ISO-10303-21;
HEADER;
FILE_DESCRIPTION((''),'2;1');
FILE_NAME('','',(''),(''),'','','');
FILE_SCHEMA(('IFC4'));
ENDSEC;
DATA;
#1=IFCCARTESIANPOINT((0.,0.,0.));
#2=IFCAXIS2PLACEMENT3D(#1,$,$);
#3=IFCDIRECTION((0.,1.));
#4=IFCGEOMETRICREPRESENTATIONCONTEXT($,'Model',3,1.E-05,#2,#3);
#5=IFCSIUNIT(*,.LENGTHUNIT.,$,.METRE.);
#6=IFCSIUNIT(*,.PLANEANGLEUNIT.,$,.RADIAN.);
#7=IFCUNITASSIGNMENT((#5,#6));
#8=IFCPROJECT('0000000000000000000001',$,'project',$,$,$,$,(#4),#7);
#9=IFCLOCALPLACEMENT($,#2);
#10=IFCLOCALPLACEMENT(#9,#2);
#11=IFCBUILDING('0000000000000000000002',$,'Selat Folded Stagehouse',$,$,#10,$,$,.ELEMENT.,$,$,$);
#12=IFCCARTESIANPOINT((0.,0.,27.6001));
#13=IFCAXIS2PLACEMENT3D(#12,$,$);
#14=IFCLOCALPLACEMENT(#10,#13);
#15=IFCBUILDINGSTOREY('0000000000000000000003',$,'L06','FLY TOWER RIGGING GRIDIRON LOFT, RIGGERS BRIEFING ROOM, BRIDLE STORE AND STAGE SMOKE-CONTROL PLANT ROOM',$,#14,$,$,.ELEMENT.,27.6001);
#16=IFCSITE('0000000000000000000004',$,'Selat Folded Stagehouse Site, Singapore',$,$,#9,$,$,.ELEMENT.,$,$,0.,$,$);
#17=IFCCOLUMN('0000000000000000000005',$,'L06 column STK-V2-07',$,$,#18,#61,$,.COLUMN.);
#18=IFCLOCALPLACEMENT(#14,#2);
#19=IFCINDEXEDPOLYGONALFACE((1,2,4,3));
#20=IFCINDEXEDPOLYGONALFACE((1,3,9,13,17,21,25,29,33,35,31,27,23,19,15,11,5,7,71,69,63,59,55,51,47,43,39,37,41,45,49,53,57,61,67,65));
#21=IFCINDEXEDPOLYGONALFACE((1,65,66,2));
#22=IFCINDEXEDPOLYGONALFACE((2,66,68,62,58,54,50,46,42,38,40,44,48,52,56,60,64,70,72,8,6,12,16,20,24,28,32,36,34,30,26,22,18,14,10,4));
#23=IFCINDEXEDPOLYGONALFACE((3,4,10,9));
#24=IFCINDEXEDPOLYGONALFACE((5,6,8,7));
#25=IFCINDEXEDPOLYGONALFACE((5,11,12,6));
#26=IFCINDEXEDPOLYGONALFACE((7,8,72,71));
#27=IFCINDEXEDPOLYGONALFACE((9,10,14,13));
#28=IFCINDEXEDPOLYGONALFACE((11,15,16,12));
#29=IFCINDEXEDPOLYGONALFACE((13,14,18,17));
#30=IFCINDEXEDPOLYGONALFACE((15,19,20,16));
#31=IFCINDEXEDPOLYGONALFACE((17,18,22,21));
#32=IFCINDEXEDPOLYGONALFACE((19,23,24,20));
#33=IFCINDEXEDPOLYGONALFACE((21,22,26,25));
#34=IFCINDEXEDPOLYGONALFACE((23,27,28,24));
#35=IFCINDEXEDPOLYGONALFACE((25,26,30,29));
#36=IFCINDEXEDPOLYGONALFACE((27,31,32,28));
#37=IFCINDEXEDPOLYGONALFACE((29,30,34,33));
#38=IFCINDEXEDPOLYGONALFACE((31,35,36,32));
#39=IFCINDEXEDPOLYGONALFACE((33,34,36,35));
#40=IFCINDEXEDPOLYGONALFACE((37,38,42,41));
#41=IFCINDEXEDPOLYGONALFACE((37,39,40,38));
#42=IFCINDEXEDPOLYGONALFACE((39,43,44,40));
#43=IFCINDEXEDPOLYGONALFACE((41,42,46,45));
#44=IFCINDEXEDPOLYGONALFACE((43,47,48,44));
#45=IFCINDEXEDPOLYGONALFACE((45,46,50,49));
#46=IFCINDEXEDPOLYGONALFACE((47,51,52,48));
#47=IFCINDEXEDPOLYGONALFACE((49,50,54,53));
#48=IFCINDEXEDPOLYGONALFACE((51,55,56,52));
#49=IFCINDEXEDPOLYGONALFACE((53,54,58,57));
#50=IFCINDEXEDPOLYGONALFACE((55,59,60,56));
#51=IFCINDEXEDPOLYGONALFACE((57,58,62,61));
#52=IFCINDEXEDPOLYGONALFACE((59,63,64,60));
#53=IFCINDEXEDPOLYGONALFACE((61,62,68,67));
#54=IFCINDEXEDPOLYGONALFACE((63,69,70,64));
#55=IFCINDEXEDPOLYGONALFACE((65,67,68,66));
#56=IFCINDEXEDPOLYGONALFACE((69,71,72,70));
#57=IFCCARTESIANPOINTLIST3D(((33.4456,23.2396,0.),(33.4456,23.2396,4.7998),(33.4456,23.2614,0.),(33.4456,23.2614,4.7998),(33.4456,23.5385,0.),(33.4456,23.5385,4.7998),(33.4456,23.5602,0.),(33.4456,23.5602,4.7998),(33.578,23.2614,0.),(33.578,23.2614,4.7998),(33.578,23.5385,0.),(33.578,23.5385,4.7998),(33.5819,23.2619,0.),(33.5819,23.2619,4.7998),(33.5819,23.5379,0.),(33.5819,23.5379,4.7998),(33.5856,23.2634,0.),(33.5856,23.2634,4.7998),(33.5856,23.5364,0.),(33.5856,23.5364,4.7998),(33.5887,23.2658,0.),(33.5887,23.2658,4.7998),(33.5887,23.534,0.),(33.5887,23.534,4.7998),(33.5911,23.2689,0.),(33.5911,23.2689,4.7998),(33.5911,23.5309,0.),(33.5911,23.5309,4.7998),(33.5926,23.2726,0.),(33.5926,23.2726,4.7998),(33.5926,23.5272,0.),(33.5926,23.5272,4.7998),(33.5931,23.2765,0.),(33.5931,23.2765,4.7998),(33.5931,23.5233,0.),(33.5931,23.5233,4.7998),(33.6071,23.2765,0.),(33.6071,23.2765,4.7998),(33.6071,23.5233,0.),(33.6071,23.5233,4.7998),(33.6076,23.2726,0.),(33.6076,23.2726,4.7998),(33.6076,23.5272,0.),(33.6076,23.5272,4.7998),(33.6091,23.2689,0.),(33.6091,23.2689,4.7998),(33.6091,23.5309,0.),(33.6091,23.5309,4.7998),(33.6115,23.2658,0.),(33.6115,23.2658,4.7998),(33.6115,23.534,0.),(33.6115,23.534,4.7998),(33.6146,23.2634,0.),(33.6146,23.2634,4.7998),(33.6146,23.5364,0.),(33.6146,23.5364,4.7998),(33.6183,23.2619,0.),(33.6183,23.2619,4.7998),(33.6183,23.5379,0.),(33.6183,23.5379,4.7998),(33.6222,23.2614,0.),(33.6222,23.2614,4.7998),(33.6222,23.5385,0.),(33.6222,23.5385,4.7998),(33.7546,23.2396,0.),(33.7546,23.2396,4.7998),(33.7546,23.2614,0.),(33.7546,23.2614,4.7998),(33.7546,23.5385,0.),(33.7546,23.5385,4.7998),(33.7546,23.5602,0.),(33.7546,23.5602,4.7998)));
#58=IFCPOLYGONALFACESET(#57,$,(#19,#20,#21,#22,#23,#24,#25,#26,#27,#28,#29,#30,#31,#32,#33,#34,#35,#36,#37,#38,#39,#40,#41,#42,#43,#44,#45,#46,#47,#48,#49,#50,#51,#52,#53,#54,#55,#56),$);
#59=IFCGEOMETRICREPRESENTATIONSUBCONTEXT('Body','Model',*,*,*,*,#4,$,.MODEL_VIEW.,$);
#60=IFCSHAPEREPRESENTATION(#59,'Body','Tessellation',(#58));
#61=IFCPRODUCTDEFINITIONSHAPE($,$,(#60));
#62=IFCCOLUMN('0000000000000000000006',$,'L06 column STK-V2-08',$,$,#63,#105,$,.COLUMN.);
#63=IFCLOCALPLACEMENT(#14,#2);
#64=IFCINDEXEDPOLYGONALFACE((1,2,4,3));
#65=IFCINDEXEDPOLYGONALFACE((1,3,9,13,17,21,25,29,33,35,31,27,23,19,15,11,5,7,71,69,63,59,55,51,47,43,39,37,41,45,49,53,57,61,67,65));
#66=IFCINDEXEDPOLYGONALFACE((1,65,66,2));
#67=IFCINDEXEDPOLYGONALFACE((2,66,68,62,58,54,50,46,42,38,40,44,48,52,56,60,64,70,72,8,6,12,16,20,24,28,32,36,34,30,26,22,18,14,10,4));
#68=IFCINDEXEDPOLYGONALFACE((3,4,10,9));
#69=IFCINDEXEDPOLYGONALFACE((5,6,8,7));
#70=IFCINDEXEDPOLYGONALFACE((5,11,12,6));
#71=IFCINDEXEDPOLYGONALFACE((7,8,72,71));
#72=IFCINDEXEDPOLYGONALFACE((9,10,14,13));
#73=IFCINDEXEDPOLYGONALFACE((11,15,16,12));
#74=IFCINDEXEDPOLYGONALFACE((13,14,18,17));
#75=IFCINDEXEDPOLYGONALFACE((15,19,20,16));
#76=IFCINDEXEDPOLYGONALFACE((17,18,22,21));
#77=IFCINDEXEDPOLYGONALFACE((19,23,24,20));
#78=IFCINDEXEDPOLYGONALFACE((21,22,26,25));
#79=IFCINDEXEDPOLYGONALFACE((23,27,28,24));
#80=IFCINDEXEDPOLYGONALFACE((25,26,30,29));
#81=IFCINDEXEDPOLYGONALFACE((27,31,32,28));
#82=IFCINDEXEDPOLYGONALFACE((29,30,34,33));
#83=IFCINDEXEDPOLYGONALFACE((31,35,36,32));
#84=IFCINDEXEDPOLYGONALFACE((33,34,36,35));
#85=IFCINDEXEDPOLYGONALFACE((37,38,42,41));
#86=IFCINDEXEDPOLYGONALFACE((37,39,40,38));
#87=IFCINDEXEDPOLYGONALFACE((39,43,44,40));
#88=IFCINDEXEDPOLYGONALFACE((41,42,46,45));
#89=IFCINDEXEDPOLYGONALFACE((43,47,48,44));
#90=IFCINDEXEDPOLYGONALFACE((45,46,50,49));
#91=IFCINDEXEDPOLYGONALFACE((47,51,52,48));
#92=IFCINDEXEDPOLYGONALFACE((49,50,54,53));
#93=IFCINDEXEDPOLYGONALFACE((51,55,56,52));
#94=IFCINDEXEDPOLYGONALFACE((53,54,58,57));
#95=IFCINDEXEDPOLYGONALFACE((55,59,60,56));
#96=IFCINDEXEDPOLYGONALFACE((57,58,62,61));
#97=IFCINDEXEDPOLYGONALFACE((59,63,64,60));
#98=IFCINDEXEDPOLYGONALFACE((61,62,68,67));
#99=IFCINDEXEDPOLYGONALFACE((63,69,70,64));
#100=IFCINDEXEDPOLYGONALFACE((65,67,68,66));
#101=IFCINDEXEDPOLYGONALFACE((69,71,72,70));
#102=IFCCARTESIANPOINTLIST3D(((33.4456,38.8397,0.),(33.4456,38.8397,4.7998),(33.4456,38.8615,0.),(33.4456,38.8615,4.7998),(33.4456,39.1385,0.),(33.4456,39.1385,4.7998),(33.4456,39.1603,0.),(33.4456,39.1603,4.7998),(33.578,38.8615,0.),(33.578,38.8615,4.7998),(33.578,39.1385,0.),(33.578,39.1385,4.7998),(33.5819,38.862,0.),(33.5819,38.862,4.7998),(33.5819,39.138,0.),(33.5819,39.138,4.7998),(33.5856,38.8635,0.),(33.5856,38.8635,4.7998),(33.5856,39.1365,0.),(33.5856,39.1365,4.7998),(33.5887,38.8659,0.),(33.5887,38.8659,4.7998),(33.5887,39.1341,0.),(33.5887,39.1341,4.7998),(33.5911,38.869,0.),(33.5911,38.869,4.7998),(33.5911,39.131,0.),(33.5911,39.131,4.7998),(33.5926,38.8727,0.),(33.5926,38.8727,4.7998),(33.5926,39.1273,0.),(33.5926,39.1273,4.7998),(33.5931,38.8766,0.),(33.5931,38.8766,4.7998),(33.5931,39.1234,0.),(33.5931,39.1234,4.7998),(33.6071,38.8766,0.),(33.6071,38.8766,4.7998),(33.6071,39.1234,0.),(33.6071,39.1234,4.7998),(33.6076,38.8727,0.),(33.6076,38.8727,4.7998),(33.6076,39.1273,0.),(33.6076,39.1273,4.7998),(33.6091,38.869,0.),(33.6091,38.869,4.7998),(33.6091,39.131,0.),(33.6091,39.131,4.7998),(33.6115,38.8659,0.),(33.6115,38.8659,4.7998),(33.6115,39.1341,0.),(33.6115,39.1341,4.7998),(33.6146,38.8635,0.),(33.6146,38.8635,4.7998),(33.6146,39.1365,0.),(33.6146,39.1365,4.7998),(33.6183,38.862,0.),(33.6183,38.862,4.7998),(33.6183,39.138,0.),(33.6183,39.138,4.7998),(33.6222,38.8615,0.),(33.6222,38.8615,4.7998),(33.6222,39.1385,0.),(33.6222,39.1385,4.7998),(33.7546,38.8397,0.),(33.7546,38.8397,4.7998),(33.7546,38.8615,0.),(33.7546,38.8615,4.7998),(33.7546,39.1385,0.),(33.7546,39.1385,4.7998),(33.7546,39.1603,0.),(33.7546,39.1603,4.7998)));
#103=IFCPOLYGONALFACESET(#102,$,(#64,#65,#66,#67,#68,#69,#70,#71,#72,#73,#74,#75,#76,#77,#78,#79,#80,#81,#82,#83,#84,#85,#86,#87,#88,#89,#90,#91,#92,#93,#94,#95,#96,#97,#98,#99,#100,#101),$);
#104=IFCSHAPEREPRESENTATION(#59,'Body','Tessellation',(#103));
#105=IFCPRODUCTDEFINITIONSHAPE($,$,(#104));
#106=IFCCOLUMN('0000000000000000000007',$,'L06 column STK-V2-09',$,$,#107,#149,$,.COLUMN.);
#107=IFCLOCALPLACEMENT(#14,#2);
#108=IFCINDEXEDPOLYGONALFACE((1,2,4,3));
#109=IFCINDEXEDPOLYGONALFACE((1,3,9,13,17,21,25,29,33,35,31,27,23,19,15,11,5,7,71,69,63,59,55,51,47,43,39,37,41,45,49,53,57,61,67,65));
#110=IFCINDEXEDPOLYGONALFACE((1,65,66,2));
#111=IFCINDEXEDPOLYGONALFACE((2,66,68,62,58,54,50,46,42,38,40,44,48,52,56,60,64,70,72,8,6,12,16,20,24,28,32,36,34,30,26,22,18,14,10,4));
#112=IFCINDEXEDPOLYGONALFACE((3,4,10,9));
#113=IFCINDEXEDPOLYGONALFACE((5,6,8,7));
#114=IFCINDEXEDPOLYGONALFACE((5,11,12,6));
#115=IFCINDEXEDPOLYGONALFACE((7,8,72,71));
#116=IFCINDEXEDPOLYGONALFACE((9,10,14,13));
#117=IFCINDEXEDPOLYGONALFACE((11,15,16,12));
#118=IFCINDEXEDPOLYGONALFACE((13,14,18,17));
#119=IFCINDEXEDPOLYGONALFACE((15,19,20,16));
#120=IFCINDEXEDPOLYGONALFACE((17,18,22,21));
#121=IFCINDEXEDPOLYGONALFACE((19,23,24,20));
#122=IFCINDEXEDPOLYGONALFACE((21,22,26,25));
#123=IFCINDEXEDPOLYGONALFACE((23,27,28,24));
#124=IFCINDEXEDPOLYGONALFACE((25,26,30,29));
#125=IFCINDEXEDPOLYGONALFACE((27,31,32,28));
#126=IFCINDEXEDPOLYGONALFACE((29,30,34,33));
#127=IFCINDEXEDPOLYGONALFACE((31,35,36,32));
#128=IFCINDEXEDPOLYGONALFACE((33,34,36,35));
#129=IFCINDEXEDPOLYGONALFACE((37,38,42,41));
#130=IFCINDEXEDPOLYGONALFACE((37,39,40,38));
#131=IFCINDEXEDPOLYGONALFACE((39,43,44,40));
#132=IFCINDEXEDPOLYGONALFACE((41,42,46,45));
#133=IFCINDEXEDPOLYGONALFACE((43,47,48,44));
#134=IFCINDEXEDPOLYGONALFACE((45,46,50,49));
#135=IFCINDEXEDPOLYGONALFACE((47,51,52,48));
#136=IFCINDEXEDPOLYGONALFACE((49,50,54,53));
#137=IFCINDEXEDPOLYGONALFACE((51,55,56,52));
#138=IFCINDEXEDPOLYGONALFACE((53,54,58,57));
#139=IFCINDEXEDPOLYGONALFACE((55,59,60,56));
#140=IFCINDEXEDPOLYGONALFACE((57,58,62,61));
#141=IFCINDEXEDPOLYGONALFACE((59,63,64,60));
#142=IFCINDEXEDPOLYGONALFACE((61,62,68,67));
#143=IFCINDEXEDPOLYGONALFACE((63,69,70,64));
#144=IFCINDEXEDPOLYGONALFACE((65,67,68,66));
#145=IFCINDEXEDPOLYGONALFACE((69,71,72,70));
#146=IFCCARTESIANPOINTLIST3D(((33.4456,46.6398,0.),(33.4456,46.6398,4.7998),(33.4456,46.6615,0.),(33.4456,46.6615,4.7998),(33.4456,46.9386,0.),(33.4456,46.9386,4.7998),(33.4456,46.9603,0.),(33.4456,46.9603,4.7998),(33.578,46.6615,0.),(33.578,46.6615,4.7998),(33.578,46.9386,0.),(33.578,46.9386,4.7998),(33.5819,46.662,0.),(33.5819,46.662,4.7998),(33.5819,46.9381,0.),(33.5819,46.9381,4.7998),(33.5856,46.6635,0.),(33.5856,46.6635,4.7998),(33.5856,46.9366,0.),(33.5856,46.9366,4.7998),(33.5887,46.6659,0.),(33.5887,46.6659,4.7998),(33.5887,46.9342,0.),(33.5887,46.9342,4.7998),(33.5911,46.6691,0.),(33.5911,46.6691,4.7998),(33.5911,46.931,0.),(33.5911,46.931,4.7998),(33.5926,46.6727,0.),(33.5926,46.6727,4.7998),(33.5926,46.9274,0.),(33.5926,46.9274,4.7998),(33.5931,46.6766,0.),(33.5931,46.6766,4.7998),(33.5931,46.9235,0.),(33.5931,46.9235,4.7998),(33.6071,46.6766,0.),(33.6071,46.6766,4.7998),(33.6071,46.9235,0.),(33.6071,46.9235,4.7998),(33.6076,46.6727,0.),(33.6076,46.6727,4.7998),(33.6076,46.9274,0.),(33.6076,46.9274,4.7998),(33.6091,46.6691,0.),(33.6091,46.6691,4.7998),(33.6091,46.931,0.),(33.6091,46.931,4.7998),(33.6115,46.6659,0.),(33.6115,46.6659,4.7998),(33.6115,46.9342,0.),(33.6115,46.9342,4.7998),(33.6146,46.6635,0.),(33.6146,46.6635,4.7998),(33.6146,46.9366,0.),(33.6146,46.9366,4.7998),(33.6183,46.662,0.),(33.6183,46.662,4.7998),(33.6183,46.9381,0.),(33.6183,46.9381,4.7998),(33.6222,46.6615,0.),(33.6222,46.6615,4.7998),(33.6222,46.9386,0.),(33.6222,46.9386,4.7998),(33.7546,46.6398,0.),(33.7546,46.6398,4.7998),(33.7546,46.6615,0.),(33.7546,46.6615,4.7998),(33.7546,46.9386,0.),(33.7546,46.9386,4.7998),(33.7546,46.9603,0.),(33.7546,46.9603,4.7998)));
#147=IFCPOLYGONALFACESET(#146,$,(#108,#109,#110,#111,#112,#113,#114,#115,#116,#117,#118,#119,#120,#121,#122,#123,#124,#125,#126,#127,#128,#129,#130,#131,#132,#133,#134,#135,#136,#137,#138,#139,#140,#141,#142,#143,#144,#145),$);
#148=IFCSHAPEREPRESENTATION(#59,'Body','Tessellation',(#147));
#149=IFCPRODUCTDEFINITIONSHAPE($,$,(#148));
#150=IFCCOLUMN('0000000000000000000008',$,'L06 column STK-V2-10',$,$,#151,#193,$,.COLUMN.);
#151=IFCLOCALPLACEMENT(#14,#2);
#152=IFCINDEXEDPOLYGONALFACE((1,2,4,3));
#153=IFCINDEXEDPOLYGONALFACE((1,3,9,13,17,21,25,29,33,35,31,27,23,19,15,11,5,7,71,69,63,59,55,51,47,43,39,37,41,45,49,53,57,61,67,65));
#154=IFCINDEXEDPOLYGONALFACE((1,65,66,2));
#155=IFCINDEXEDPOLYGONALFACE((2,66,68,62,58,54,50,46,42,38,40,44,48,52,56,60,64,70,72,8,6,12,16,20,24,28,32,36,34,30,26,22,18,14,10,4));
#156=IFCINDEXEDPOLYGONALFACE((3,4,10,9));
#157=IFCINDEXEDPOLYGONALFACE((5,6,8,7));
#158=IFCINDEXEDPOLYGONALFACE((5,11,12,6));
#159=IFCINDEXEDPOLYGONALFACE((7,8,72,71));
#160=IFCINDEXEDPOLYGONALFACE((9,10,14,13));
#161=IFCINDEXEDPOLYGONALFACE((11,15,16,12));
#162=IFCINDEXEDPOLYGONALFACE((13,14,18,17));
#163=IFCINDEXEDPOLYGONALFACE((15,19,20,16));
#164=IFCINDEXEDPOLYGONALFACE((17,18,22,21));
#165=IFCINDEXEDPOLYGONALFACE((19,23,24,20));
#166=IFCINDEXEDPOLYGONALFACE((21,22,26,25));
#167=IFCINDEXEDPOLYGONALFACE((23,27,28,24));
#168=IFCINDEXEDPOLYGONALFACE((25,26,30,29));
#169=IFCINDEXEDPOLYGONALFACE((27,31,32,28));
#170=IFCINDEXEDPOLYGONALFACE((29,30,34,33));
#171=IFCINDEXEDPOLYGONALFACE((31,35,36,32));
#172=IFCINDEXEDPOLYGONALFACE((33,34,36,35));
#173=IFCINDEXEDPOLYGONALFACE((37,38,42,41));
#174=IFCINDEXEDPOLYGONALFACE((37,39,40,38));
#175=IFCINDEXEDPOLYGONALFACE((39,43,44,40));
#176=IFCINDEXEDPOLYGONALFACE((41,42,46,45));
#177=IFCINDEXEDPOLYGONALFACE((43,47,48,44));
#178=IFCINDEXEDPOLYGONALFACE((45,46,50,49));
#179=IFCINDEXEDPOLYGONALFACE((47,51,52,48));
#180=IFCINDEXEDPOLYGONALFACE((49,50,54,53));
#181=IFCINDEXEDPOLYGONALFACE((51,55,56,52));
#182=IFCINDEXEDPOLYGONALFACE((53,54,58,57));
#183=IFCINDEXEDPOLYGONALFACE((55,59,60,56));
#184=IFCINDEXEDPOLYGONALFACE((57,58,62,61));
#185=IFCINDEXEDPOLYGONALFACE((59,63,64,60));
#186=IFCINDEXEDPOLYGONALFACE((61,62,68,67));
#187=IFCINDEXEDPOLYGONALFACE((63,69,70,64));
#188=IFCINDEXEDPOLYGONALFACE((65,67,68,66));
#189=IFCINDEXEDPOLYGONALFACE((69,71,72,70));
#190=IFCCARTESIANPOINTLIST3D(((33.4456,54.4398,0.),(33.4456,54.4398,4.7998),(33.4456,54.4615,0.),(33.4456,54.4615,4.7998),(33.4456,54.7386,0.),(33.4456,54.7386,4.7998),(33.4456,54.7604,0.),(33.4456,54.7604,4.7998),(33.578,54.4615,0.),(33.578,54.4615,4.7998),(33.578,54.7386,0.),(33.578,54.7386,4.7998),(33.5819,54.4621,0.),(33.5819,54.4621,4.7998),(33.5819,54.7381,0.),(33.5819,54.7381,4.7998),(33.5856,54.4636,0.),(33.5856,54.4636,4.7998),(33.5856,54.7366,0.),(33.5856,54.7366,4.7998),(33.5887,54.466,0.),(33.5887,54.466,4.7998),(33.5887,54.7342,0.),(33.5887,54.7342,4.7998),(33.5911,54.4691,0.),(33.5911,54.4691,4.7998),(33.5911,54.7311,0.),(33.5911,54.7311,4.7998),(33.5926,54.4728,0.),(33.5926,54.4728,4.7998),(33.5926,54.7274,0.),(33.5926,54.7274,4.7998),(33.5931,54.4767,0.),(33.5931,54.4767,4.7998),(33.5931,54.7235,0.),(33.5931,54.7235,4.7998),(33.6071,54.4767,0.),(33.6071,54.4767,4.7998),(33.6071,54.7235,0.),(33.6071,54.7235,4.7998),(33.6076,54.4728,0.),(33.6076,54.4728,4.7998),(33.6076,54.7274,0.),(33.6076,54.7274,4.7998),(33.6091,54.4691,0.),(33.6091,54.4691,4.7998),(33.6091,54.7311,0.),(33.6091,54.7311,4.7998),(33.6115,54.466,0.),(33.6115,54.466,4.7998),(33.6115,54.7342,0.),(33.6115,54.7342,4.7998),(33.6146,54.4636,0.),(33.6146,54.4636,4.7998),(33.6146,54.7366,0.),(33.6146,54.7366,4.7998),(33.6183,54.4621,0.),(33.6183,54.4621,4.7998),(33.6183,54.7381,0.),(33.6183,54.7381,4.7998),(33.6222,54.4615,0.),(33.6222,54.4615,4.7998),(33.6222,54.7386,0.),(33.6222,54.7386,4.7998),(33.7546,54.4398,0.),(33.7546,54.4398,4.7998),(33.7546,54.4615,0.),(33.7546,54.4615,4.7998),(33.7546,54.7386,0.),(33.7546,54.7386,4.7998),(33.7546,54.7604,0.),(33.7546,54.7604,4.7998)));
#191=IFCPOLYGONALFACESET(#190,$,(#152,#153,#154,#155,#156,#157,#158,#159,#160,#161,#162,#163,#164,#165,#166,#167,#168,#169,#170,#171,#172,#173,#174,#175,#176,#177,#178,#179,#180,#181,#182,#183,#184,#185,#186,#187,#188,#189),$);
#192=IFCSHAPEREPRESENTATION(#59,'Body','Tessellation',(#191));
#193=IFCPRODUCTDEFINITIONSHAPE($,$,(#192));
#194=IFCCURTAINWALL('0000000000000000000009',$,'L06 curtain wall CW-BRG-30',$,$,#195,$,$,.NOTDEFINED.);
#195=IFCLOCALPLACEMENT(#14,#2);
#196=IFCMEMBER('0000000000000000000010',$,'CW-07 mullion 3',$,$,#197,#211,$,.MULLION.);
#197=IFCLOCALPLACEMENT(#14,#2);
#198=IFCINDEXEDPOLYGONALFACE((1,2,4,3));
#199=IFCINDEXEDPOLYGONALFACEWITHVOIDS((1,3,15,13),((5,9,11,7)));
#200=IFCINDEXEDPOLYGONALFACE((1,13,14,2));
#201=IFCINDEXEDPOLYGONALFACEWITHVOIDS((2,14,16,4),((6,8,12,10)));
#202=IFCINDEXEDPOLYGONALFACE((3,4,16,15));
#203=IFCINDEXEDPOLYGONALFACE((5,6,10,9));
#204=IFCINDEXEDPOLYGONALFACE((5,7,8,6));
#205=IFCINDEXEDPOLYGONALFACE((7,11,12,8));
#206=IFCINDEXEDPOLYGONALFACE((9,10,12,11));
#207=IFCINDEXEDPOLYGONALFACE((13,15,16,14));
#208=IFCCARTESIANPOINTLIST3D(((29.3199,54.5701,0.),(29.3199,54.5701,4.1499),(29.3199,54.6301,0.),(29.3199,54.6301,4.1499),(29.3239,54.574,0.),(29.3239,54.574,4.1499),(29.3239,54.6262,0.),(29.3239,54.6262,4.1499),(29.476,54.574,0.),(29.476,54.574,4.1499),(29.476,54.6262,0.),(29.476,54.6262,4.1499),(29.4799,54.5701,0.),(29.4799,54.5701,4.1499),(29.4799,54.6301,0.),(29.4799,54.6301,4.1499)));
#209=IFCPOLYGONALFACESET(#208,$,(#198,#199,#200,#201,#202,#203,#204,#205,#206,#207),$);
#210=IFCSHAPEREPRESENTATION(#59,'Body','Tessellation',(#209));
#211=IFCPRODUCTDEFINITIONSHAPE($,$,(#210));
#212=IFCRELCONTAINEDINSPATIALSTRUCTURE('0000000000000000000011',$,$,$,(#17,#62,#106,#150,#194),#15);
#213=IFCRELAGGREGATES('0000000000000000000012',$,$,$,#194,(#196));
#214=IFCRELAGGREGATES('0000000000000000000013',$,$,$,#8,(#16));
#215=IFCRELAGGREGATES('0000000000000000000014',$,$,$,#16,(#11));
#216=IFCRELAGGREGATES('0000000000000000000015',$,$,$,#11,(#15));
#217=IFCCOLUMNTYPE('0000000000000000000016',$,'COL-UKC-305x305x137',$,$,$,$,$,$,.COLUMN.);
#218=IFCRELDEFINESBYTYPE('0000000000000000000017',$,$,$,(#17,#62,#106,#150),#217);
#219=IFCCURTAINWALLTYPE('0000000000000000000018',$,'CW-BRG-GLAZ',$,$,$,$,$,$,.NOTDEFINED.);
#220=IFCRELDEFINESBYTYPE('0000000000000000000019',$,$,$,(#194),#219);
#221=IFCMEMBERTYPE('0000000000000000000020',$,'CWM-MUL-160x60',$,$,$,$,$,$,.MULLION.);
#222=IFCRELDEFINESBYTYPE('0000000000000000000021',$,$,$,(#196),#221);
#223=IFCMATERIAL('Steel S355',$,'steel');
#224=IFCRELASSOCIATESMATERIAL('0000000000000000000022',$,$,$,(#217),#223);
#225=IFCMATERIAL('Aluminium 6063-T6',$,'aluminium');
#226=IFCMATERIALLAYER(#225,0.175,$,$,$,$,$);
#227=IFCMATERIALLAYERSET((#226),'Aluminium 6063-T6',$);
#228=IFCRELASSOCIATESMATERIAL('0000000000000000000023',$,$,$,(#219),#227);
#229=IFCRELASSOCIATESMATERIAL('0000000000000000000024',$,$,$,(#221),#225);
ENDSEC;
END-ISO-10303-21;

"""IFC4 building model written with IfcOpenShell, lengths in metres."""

from ifc_helpers import new_model, si_unit, direction, frame, origin, origin_2d, place, context, subcontext, project, spatial, hollow_rectangle, i_section, extrude, material, layer, layer_set, material_profile, profile_set, type_object, element, aggregate, save


model = new_model("IFC4")

# Units and contexts
model_context = context("Model", 3, precision=1e-05, world=origin(), true_north=direction((0.0, 1.0)))
body_context = subcontext(model_context, "Body", "Model", "MODEL_VIEW")
ifc_project = project(units=[si_unit("LENGTHUNIT", "METRE"), si_unit("PLANEANGLEUNIT", "RADIAN")], contexts=[model_context])

# Site, building, storey
site_placement = place(None, origin())
site = spatial("IfcSite", under=ifc_project, at=site_placement, Name="Selat Folded Stagehouse Site, Singapore", CompositionType="ELEMENT", RefElevation=0.0)
building_placement = place(site_placement, origin())
building = spatial("IfcBuilding", under=site, at=building_placement, Name="Selat Folded Stagehouse", CompositionType="ELEMENT")
storey_placement = place(building_placement, frame((0.0, 0.0, 27.6001)))
storey = spatial("IfcBuildingStorey", under=building, at=storey_placement, Name="L06", Description="FLY TOWER RIGGING GRIDIRON LOFT, RIGGERS BRIEFING ROOM, BRIDLE STORE AND STAGE SMOKE-CONTROL PLANT ROOM", CompositionType="ELEMENT", Elevation=27.6001)

# Columns
ifc_material_1 = material(Name="Steel S355", Category="steel")
ifc_material_profile_1 = material_profile(ifc_material_1, i_section(OverallWidth=0.3091, OverallDepth=0.3206, WebThickness=0.0139, FlangeThickness=0.0217, FilletRadius=0.0151, at=origin_2d()), Name="UKC 305x305x137")
ifc_profile_set_1 = profile_set([ifc_material_profile_1], Name="Steel S355")
column_type = type_object("IfcColumnType", Name="COL-UKC-305x305x137", PredefinedType="COLUMN", material=ifc_profile_set_1)
for number, where, z_axis, x_axis, name in (
    (1, (33.6001, 23.3999, 0.0), (0.0, 0.0, 1.0), (1.0, 0.0, 0.0), "L06 column STK-V2-07"),
    (2, (33.6001, 39.0, 0.0), (0.0, 0.0, 1.0), (1.0, 0.0, 0.0), "L06 column STK-V2-08"),
    (3, (33.6001, 46.8, 0.0), (0.0, 0.0, 1.0), (1.0, 0.0, 0.0), "L06 column STK-V2-09"),
    (4, (33.6001, 54.6001, 0.0), (0.0, 0.0, 1.0), (1.0, 0.0, 0.0), "L06 column STK-V2-10"),
):
    element("IfcColumn", number, at=place(storey_placement, frame(where, z_axis=z_axis, x_axis=x_axis)), inside=storey, type_object=column_type, Name=name, PredefinedType="COLUMN", context=body_context, shape_type="SweptSolid", body=[
        extrude(i_section(OverallWidth=0.3091, OverallDepth=0.3206, WebThickness=0.0139, FlangeThickness=0.0217, FilletRadius=0.0151, at=origin_2d()), origin(), (0.0, 0.0, 1.0), 4.7998),
    ])

# Curtain wall, member
ifc_material_2 = material(Name="Aluminium 6063-T6", Category="aluminium")
ifc_layer_1 = layer(ifc_material_2, 0.175)
ifc_layer_set_1 = layer_set([ifc_layer_1], Name="Aluminium 6063-T6")
curtain_wall_type = type_object("IfcCurtainWallType", Name="CW-BRG-GLAZ", PredefinedType="NOTDEFINED", material=ifc_layer_set_1)
curtain_wall_placement = place(storey_placement, origin())
curtain_wall = element("IfcCurtainWall", 5, at=curtain_wall_placement, inside=storey, type_object=curtain_wall_type, Name="L06 curtain wall CW-BRG-30", PredefinedType="NOTDEFINED")
ifc_material_profile_2 = material_profile(ifc_material_2, hollow_rectangle(XDim=0.0601, YDim=0.1599, WallThickness=0.0039, at=origin_2d()), Name="ALU 160x60x4.0")
ifc_profile_set_2 = profile_set([ifc_material_profile_2], Name="Aluminium 6063-T6")
member_type_1 = type_object("IfcMemberType", Name="CWM-MUL-160x60", PredefinedType="MULLION", material=ifc_profile_set_2)
member_1_placement = place(storey_placement, frame((29.3999, 54.6001, 0.0), z_axis=(0.0, 0.0, 1.0), x_axis=(0.0, 1.0, 0.0)))
member_1 = element("IfcMember", 6, at=member_1_placement, type_object=member_type_1, Name="CW-07 mullion 3", PredefinedType="MULLION", context=body_context, shape_type="SweptSolid", body=[
    extrude(hollow_rectangle(XDim=0.0601, YDim=0.1599, WallThickness=0.0039, at=origin_2d()), origin(), (0.0, 0.0, 1.0), 4.1499),
])
aggregate(curtain_wall, [member_1])

save(model, "model.ifc")
